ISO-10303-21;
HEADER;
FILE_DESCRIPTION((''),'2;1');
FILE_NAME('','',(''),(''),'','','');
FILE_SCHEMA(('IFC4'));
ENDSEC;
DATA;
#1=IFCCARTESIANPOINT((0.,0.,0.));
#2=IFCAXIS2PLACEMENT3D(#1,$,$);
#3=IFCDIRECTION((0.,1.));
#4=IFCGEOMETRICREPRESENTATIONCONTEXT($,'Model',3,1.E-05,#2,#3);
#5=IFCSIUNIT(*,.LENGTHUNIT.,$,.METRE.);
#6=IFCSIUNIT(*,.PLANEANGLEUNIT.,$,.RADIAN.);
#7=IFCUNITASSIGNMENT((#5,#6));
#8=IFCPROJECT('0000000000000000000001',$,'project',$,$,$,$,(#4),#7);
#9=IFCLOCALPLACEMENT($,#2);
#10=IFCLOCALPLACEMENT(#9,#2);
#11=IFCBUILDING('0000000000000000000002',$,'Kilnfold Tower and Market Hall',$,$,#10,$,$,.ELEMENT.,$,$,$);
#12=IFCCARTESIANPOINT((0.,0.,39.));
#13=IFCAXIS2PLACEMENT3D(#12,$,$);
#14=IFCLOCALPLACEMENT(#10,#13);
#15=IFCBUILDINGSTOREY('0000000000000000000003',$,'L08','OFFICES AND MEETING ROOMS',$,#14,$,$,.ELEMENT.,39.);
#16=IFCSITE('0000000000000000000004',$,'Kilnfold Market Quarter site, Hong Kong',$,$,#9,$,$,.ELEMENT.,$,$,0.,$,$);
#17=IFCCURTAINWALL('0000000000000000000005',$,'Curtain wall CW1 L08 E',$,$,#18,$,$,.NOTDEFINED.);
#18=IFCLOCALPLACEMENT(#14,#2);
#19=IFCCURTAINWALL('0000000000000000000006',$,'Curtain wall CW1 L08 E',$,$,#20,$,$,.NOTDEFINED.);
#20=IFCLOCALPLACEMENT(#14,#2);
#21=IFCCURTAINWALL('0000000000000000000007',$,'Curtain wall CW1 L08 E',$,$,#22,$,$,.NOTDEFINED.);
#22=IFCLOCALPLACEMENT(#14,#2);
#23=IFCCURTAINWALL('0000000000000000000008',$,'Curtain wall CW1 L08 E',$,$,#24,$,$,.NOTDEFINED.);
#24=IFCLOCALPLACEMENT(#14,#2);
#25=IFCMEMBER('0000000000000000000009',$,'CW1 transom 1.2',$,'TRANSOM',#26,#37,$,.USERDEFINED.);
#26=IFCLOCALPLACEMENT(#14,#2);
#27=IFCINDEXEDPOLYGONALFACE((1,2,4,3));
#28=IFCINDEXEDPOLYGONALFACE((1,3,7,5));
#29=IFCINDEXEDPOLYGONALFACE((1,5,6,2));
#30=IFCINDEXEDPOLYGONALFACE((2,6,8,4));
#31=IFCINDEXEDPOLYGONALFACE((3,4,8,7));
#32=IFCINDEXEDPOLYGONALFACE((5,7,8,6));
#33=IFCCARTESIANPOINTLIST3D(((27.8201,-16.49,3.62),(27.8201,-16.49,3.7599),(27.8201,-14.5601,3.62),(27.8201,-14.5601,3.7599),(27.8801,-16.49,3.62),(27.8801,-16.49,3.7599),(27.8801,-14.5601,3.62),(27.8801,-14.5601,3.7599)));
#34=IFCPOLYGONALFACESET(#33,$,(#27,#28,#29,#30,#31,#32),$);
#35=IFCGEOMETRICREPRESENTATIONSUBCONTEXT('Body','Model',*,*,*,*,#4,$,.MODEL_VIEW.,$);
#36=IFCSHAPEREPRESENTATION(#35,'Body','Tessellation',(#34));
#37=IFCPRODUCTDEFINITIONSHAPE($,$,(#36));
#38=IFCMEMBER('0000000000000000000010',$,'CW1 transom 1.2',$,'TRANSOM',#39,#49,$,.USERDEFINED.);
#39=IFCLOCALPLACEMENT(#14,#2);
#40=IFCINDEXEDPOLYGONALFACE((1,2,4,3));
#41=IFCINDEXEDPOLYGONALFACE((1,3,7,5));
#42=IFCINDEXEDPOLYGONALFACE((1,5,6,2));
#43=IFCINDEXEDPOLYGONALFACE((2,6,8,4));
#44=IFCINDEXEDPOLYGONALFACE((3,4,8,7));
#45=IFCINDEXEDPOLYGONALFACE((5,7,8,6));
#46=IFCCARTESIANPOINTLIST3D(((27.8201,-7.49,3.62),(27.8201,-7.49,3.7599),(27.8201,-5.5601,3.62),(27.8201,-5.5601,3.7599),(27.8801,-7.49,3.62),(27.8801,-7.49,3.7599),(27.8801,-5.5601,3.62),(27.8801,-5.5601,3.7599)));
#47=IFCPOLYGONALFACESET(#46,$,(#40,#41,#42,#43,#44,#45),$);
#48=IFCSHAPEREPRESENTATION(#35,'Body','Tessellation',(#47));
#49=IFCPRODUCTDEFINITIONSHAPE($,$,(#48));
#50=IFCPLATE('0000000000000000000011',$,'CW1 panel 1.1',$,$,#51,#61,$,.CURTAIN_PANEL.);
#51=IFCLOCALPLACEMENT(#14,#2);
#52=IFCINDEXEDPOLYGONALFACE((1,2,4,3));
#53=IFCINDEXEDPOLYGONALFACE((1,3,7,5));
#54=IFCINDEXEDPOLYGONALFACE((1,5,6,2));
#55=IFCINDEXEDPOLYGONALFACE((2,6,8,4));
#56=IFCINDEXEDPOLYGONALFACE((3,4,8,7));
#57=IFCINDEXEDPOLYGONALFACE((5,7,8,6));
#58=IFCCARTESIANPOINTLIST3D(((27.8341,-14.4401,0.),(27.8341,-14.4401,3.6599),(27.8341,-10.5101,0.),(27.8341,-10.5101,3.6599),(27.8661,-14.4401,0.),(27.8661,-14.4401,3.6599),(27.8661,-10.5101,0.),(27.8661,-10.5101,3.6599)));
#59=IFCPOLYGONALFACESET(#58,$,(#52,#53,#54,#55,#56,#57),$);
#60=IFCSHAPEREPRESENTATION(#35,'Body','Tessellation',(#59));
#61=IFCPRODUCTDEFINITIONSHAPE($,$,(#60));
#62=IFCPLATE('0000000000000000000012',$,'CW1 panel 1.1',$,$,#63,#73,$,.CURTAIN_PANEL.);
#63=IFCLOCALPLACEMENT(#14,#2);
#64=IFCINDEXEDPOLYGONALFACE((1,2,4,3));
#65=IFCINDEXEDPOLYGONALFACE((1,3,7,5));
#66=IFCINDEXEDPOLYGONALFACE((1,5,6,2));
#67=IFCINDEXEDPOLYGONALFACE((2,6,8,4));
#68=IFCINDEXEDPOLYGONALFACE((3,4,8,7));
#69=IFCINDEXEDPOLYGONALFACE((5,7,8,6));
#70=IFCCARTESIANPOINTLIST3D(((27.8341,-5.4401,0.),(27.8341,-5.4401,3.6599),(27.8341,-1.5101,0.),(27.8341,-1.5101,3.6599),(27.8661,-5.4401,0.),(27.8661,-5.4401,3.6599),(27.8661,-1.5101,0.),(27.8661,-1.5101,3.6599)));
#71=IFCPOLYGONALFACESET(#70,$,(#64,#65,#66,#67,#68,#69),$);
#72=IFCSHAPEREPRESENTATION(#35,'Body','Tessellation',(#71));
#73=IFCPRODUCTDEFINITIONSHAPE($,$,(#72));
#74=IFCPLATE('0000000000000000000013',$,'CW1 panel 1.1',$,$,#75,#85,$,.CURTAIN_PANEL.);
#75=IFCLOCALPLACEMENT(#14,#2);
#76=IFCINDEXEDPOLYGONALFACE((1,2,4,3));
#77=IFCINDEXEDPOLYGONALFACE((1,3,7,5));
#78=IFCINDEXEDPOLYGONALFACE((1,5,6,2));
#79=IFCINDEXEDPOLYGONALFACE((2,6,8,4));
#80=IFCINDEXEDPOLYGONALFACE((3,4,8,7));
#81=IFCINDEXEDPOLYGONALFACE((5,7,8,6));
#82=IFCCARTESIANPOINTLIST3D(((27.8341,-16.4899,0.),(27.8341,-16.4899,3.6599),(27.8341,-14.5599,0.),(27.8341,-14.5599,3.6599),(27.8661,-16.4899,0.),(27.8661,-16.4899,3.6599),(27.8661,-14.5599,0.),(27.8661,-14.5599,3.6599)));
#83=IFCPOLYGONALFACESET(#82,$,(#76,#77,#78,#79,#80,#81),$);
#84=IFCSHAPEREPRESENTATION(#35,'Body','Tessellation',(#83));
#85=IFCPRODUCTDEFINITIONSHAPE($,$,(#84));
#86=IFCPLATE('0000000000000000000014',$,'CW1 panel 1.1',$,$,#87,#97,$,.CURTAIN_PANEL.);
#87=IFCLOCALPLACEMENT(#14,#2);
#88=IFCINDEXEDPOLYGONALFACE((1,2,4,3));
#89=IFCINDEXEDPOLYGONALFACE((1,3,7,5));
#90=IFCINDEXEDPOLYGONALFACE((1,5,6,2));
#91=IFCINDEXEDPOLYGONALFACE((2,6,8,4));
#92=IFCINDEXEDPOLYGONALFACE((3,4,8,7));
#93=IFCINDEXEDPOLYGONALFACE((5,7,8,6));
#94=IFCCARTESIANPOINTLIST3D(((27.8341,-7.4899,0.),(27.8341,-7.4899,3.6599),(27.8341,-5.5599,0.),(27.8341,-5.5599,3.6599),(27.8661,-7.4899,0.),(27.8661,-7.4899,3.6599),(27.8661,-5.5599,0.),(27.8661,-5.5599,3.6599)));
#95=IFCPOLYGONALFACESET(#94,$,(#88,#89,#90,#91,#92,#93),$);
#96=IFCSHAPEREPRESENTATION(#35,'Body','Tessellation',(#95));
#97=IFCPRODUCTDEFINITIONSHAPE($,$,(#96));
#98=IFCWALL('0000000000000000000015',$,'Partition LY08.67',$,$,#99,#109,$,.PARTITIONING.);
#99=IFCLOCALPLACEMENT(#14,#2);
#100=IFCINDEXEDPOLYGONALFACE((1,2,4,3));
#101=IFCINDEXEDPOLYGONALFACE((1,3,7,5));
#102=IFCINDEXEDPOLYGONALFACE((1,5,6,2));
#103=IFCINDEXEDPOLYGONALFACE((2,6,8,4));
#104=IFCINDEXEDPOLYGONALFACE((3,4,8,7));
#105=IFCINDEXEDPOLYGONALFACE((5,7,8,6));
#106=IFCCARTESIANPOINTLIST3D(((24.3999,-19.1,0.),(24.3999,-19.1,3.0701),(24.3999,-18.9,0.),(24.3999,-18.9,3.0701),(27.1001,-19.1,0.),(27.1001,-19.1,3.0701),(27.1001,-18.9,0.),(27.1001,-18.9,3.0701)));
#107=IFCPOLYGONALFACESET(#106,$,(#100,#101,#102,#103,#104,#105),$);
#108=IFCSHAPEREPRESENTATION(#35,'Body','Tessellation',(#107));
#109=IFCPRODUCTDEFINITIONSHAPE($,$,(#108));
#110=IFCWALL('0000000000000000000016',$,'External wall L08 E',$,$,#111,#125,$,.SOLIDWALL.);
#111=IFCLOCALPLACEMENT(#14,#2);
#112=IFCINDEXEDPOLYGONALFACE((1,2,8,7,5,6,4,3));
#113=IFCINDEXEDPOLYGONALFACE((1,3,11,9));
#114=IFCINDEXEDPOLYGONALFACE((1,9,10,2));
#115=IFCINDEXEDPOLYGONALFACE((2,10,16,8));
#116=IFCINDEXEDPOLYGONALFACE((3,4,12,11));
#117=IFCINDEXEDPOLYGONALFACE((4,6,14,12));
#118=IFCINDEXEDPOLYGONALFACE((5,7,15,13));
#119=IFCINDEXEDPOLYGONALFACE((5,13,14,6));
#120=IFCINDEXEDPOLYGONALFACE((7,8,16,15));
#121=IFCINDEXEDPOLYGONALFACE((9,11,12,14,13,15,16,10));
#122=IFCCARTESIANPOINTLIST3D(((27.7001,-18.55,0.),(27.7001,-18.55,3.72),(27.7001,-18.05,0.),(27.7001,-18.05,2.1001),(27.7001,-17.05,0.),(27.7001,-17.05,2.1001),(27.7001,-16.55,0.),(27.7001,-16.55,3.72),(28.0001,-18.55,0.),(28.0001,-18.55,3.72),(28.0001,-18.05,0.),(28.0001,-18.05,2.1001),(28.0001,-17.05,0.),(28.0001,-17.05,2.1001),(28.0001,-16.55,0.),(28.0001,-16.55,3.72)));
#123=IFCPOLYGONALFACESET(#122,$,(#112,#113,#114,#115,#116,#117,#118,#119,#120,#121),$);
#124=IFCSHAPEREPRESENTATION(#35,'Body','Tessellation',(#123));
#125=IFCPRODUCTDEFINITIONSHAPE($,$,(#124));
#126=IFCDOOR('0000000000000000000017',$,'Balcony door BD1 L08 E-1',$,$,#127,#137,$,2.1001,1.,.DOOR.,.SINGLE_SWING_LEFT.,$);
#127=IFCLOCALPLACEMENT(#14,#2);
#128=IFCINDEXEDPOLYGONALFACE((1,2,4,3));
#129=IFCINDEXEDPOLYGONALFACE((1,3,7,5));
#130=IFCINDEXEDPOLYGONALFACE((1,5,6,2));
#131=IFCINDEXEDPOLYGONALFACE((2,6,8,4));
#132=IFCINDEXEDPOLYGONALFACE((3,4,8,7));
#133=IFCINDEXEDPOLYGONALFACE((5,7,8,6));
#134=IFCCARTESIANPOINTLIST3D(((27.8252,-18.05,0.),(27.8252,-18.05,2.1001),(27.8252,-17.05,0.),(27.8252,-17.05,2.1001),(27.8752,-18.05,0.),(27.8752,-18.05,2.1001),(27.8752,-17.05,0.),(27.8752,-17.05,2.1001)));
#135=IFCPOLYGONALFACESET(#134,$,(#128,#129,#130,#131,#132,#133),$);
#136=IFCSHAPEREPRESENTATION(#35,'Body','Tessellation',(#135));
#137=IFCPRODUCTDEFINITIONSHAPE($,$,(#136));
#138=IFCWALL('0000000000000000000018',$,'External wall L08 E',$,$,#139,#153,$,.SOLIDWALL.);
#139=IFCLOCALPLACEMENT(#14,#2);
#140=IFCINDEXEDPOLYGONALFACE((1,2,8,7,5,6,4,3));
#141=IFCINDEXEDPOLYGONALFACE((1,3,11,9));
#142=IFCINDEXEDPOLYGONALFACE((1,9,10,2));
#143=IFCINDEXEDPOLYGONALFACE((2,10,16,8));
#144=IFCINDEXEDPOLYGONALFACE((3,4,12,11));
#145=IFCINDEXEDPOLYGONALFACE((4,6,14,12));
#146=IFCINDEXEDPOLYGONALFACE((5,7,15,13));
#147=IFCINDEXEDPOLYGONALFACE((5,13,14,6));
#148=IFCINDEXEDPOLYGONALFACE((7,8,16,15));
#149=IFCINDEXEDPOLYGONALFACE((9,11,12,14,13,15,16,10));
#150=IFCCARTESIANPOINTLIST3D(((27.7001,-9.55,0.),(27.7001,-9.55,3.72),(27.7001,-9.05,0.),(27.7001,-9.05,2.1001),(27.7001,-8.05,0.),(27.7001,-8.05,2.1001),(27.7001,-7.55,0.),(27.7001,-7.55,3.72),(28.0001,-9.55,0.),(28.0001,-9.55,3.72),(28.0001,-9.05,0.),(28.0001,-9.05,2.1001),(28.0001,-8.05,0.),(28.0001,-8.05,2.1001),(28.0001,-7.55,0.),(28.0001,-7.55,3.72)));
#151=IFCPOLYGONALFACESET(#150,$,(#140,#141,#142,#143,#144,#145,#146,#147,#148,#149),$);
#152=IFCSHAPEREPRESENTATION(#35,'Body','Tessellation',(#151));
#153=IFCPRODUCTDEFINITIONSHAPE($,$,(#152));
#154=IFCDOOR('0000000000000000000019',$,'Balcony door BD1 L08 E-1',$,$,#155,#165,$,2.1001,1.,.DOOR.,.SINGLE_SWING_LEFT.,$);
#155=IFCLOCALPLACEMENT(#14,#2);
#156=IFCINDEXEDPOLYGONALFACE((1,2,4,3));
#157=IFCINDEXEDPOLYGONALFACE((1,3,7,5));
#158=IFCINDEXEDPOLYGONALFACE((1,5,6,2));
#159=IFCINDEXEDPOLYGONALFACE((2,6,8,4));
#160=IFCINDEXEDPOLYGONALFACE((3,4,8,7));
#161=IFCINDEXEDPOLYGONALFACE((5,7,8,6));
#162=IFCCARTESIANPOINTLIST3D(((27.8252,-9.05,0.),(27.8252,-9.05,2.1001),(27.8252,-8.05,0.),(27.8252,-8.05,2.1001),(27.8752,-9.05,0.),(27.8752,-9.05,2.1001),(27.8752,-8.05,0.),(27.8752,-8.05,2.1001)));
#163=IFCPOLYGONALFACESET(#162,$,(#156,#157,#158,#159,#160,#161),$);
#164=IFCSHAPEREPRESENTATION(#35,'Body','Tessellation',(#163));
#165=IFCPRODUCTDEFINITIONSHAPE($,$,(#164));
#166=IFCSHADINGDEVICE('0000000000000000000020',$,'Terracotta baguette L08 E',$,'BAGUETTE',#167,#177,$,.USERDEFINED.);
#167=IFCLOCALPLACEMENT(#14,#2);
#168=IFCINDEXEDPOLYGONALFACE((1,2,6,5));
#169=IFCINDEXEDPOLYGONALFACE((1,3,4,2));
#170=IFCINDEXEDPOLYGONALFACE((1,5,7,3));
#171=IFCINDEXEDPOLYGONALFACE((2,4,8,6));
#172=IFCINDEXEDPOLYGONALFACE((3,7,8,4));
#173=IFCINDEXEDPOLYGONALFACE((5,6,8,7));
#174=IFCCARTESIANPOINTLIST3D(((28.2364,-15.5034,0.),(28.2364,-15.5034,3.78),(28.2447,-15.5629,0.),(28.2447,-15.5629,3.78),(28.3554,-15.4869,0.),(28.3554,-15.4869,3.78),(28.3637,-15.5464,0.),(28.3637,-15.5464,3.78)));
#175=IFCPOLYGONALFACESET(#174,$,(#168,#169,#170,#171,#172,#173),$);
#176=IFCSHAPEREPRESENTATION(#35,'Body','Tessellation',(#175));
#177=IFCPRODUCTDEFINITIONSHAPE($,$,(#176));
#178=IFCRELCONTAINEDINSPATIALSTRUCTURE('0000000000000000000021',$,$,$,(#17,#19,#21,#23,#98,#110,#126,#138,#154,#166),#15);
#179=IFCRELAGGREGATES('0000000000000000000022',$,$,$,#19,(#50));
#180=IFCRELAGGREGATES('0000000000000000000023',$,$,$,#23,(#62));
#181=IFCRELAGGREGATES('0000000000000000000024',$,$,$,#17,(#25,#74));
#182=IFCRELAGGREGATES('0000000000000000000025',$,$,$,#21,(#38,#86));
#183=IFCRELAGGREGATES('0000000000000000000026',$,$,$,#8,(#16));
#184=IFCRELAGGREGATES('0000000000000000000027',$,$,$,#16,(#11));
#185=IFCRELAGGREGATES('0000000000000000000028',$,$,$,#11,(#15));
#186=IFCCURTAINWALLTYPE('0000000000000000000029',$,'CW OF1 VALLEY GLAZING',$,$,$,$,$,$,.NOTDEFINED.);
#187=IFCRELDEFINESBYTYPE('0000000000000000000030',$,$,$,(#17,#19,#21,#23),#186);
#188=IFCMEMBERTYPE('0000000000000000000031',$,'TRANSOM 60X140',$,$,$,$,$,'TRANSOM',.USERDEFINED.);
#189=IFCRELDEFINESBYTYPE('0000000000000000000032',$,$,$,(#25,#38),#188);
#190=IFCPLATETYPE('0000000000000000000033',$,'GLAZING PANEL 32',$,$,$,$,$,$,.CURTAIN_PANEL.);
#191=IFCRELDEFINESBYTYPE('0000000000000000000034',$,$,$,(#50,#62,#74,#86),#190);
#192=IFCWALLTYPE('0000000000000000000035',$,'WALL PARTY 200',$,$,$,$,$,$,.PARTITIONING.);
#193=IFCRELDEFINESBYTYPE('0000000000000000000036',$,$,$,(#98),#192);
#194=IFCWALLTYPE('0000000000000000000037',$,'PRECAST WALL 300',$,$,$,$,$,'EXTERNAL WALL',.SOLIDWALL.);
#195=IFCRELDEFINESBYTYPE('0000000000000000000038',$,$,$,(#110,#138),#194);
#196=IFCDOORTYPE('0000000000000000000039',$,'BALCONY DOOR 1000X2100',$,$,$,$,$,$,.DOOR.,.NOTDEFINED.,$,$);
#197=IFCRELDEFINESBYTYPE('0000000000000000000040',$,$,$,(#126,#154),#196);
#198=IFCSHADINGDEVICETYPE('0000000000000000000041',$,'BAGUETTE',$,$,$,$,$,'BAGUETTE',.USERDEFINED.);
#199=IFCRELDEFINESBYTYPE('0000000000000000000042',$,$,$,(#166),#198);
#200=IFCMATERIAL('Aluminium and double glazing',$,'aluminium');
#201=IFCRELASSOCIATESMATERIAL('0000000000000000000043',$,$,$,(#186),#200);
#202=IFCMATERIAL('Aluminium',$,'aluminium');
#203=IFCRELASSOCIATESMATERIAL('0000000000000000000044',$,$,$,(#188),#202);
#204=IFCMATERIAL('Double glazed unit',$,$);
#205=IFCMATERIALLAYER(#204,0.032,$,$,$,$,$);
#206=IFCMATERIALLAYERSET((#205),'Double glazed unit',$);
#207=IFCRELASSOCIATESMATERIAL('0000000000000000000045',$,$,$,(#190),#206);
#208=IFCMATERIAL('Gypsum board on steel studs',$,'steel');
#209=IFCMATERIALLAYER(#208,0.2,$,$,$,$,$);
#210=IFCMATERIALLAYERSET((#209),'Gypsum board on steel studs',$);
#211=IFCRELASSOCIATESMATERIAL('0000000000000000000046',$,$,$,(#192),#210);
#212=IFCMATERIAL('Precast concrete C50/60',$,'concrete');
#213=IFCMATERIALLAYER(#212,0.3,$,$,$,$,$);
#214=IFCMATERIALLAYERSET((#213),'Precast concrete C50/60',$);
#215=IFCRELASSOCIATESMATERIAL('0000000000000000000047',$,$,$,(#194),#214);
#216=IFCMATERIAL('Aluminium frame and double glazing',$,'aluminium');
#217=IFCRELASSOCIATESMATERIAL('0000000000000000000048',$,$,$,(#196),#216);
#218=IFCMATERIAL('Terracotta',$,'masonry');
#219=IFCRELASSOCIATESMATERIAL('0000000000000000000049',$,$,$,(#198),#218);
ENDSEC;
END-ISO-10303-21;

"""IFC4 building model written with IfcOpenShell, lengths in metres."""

from ifc_helpers import new_model, si_unit, direction, frame, frame_2d, origin, origin_2d, place, context, subcontext, project, spatial, rectangle, extrude, source, transform, mapped, material, layer, layer_set, material_profile, profile_set, type_object, element, fill, aggregate, save


model = new_model("IFC4")

# Units and contexts
model_context = context("Model", 3, precision=1e-05, world=origin(), true_north=direction((0.0, 1.0)))
body_context = subcontext(model_context, "Body", "Model", "MODEL_VIEW")
ifc_project = project(units=[si_unit("LENGTHUNIT", "METRE"), si_unit("PLANEANGLEUNIT", "RADIAN")], contexts=[model_context])

# Site, building, storey
site_placement = place(None, origin())
site = spatial("IfcSite", under=ifc_project, at=site_placement, Name="Kilnfold Market Quarter site, Hong Kong", CompositionType="ELEMENT", RefElevation=0.0)
building_placement = place(site_placement, origin())
building = spatial("IfcBuilding", under=site, at=building_placement, Name="Kilnfold Tower and Market Hall", CompositionType="ELEMENT")
storey_placement = place(building_placement, frame((0.0, 0.0, 39.0)))
storey = spatial("IfcBuildingStorey", under=building, at=storey_placement, Name="L08", Description="OFFICES AND MEETING ROOMS", CompositionType="ELEMENT", Elevation=39.0)

# Curtain walls
ifc_material_1 = material(Name="Aluminium and double glazing", Category="aluminium")
curtain_wall_type = type_object("IfcCurtainWallType", Name="CW OF1 VALLEY GLAZING", PredefinedType="NOTDEFINED", material=ifc_material_1)
curtain_wall_1_placement = place(storey_placement, origin())
curtain_wall_1 = element("IfcCurtainWall", 1, at=curtain_wall_1_placement, inside=storey, type_object=curtain_wall_type, Name="Curtain wall CW1 L08 E", PredefinedType="NOTDEFINED")
curtain_wall_2_placement = place(storey_placement, origin())
curtain_wall_2 = element("IfcCurtainWall", 2, at=curtain_wall_2_placement, inside=storey, type_object=curtain_wall_type, Name="Curtain wall CW1 L08 E", PredefinedType="NOTDEFINED")
curtain_wall_3_placement = place(storey_placement, origin())
curtain_wall_3 = element("IfcCurtainWall", 3, at=curtain_wall_3_placement, inside=storey, type_object=curtain_wall_type, Name="Curtain wall CW1 L08 E", PredefinedType="NOTDEFINED")
curtain_wall_4_placement = place(storey_placement, origin())
curtain_wall_4 = element("IfcCurtainWall", 4, at=curtain_wall_4_placement, inside=storey, type_object=curtain_wall_type, Name="Curtain wall CW1 L08 E", PredefinedType="NOTDEFINED")

# Members
ifc_material_2 = material(Name="Aluminium", Category="aluminium")
ifc_material_profile_1 = material_profile(ifc_material_2, rectangle(XDim=0.0601, YDim=0.1399, at=origin_2d()), Name="TRANSOM 60x140")
ifc_profile_set_1 = profile_set([ifc_material_profile_1], Name="Aluminium")
member_type_1 = type_object("IfcMemberType", Name="TRANSOM 60X140", ElementType="TRANSOM", PredefinedType="USERDEFINED", material=ifc_profile_set_1)
shared_shape_1 = source(origin(), body_context, "Body", "SweptSolid", [
    extrude(rectangle(XDim=0.0601, YDim=0.1399, at=origin_2d()), origin(), (0.0, 0.0, 1.0), 1.9299),
])
member_1_placement = place(storey_placement, frame((27.8501, -16.49, 3.6899), z_axis=(0.0, 1.0, 0.0), x_axis=(-1.0, 0.0, 0.0)))
member_1 = element("IfcMember", 5, at=member_1_placement, type_object=member_type_1, Name="CW1 transom 1.2", ObjectType="TRANSOM", PredefinedType="USERDEFINED", context=body_context, shape_type="MappedRepresentation", body=[
    mapped(shared_shape_1, transform((0.0, 0.0, 0.0))),
])
member_2_placement = place(storey_placement, frame((27.8501, -7.49, 3.6899), z_axis=(0.0, 1.0, 0.0), x_axis=(-1.0, 0.0, 0.0)))
member_2 = element("IfcMember", 6, at=member_2_placement, type_object=member_type_1, Name="CW1 transom 1.2", ObjectType="TRANSOM", PredefinedType="USERDEFINED", context=body_context, shape_type="MappedRepresentation", body=[
    mapped(shared_shape_1, transform((0.0, 0.0, 0.0))),
])

# Plates
ifc_material_3 = material(Name="Double glazed unit")
ifc_layer_1 = layer(ifc_material_3, 0.032)
ifc_layer_set_1 = layer_set([ifc_layer_1], Name="Double glazed unit")
plate_type = type_object("IfcPlateType", Name="GLAZING PANEL 32", PredefinedType="CURTAIN_PANEL", material=ifc_layer_set_1)
shared_shape_2 = source(origin(), body_context, "Body", "SweptSolid", [
    extrude(rectangle(XDim=3.9299, YDim=0.032, at=origin_2d()), origin(), (0.0, 0.0, 1.0), 3.6599),
])
plate_1_placement = place(storey_placement, frame((27.8501, -12.4751, 0.0), z_axis=(0.0, 0.0, 1.0), x_axis=(0.0, 1.0, 0.0)))
plate_1 = element("IfcPlate", 7, at=plate_1_placement, type_object=plate_type, Name="CW1 panel 1.1", PredefinedType="CURTAIN_PANEL", context=body_context, shape_type="MappedRepresentation", body=[
    mapped(shared_shape_2, transform((0.0, 0.0, 0.0))),
])
aggregate(curtain_wall_2, [plate_1])
plate_2_placement = place(storey_placement, frame((27.8501, -3.4751, 0.0), z_axis=(0.0, 0.0, 1.0), x_axis=(0.0, 1.0, 0.0)))
plate_2 = element("IfcPlate", 8, at=plate_2_placement, type_object=plate_type, Name="CW1 panel 1.1", PredefinedType="CURTAIN_PANEL", context=body_context, shape_type="MappedRepresentation", body=[
    mapped(shared_shape_2, transform((0.0, 0.0, 0.0))),
])
aggregate(curtain_wall_4, [plate_2])
shared_shape_3 = source(origin(), body_context, "Body", "SweptSolid", [
    extrude(rectangle(XDim=1.9299, YDim=0.032, at=origin_2d()), origin(), (0.0, 0.0, 1.0), 3.6599),
])
plate_3_placement = place(storey_placement, frame((27.8501, -15.5249, 0.0), z_axis=(0.0, 0.0, 1.0), x_axis=(0.0, 1.0, 0.0)))
plate_3 = element("IfcPlate", 9, at=plate_3_placement, type_object=plate_type, Name="CW1 panel 1.1", PredefinedType="CURTAIN_PANEL", context=body_context, shape_type="MappedRepresentation", body=[
    mapped(shared_shape_3, transform((0.0, 0.0, 0.0))),
])
aggregate(curtain_wall_1, [member_1, plate_3])
plate_4_placement = place(storey_placement, frame((27.8501, -6.5249, 0.0), z_axis=(0.0, 0.0, 1.0), x_axis=(0.0, 1.0, 0.0)))
plate_4 = element("IfcPlate", 10, at=plate_4_placement, type_object=plate_type, Name="CW1 panel 1.1", PredefinedType="CURTAIN_PANEL", context=body_context, shape_type="MappedRepresentation", body=[
    mapped(shared_shape_3, transform((0.0, 0.0, 0.0))),
])
aggregate(curtain_wall_3, [member_2, plate_4])

# Wall
ifc_material_4 = material(Name="Gypsum board on steel studs", Category="steel")
ifc_layer_2 = layer(ifc_material_4, 0.2)
ifc_layer_set_2 = layer_set([ifc_layer_2], Name="Gypsum board on steel studs")
wall_type_1 = type_object("IfcWallType", Name="WALL PARTY 200", PredefinedType="PARTITIONING", material=ifc_layer_set_2)
wall_1_placement = place(storey_placement, frame((27.1001, -19.0, 0.0), z_axis=(0.0, 0.0, 1.0), x_axis=(-1.0, 0.0, 0.0)))
element("IfcWall", 11, at=wall_1_placement, inside=storey, type_object=wall_type_1, Name="Partition LY08.67", PredefinedType="PARTITIONING", context=body_context, shape_type="SweptSolid", body=[
    extrude(rectangle(XDim=2.7002, YDim=0.2, at=frame_2d((1.3501, 0.0))), origin(), (0.0, 0.0, 1.0), 3.0701),
])

# Walls, openings, doors
ifc_material_5 = material(Name="Precast concrete C50/60", Category="concrete")
ifc_layer_3 = layer(ifc_material_5, 0.3)
ifc_layer_set_3 = layer_set([ifc_layer_3], Name="Precast concrete C50/60")
wall_type_2 = type_object("IfcWallType", Name="PRECAST WALL 300", ElementType="EXTERNAL WALL", PredefinedType="SOLIDWALL", material=ifc_layer_set_3)
shared_shape_4 = source(origin(), body_context, "Body", "SweptSolid", [
    extrude(rectangle(XDim=2.0, YDim=0.3, at=frame_2d((1.0, 0.0))), origin(), (0.0, 0.0, 1.0), 3.72),
])
wall_2_placement = place(storey_placement, frame((27.8501, -18.55, 0.0), z_axis=(0.0, 0.0, 1.0), x_axis=(0.0, 1.0, 0.0)))
wall_2 = element("IfcWall", 12, at=wall_2_placement, inside=storey, type_object=wall_type_2, Name="External wall L08 E", PredefinedType="SOLIDWALL", context=body_context, shape_type="MappedRepresentation", body=[
    mapped(shared_shape_4, transform((0.0, 0.0, 0.0))),
])
opening_1_placement = place(wall_2_placement, frame((0.5, 0.0, 0.0)))
opening_1 = element("IfcOpeningElement", 13, at=opening_1_placement, cuts=wall_2, PredefinedType="OPENING", context=body_context, shape_type="SweptSolid", body=[
    extrude(rectangle(XDim=1.0, YDim=2.1001, at=frame_2d((0.5, 1.05))), frame((0.0, 0.1602, 0.0), z_axis=(0.0, -1.0, 0.0), x_axis=(1.0, 0.0, 0.0)), (0.0, 0.0, 1.0), 0.3201),
])
ifc_material_6 = material(Name="Aluminium frame and double glazing", Category="aluminium")
door_type = type_object("IfcDoorType", Name="BALCONY DOOR 1000X2100", OperationType="NOTDEFINED", PredefinedType="DOOR", material=ifc_material_6)
door_1_placement = place(opening_1_placement, origin())
door_1 = element("IfcDoor", 14, at=door_1_placement, inside=storey, type_object=door_type, Name="Balcony door BD1 L08 E-1", OperationType="SINGLE_SWING_LEFT", OverallHeight=2.1001, OverallWidth=1.0, PredefinedType="DOOR", context=body_context, shape_type="SweptSolid", body=[
    extrude(rectangle(XDim=1.0, YDim=2.1001, at=frame_2d((0.5, 1.05))), frame((0.0, 0.0249, 0.0), z_axis=(0.0, -1.0, 0.0), x_axis=(1.0, 0.0, 0.0)), (0.0, 0.0, 1.0), 0.05),
])
fill(opening_1, door_1)
wall_3_placement = place(storey_placement, frame((27.8501, -9.55, 0.0), z_axis=(0.0, 0.0, 1.0), x_axis=(0.0, 1.0, 0.0)))
wall_3 = element("IfcWall", 15, at=wall_3_placement, inside=storey, type_object=wall_type_2, Name="External wall L08 E", PredefinedType="SOLIDWALL", context=body_context, shape_type="MappedRepresentation", body=[
    mapped(shared_shape_4, transform((0.0, 0.0, 0.0))),
])
opening_2_placement = place(wall_3_placement, frame((0.5, 0.0, 0.0)))
opening_2 = element("IfcOpeningElement", 16, at=opening_2_placement, cuts=wall_3, PredefinedType="OPENING", context=body_context, shape_type="SweptSolid", body=[
    extrude(rectangle(XDim=1.0, YDim=2.1001, at=frame_2d((0.5, 1.05))), frame((0.0, 0.1602, 0.0), z_axis=(0.0, -1.0, 0.0), x_axis=(1.0, 0.0, 0.0)), (0.0, 0.0, 1.0), 0.3201),
])
door_2_placement = place(opening_2_placement, origin())
door_2 = element("IfcDoor", 17, at=door_2_placement, inside=storey, type_object=door_type, Name="Balcony door BD1 L08 E-1", OperationType="SINGLE_SWING_LEFT", OverallHeight=2.1001, OverallWidth=1.0, PredefinedType="DOOR", context=body_context, shape_type="SweptSolid", body=[
    extrude(rectangle(XDim=1.0, YDim=2.1001, at=frame_2d((0.5, 1.05))), frame((0.0, 0.0249, 0.0), z_axis=(0.0, -1.0, 0.0), x_axis=(1.0, 0.0, 0.0)), (0.0, 0.0, 1.0), 0.05),
])
fill(opening_2, door_2)

# Shading device
ifc_material_7 = material(Name="Terracotta", Category="masonry")
ifc_material_profile_2 = material_profile(ifc_material_7, rectangle(XDim=0.0601, YDim=0.1201, at=origin_2d()), Name="BAG 60x120")
ifc_profile_set_2 = profile_set([ifc_material_profile_2], Name="Terracotta")
shading_device_type = type_object("IfcShadingDeviceType", Name="BAGUETTE", ElementType="BAGUETTE", PredefinedType="USERDEFINED", material=ifc_profile_set_2)
shared_shape_5 = source(origin(), body_context, "Body", "SweptSolid", [
    extrude(rectangle(XDim=0.0601, YDim=0.1201, at=origin_2d()), origin(), (0.0, 0.0, 1.0), 3.78),
])
for number, where, z_axis, x_axis, name in (
    (18, (28.3, -15.5249, 0.0), (0.0, 0.0, 1.0), (-0.137419, 0.990513, 0.0), "Terracotta baguette L08 E"),
):
    element("IfcShadingDevice", number, at=place(storey_placement, frame(where, z_axis=z_axis, x_axis=x_axis)), inside=storey, type_object=shading_device_type, Name=name, ObjectType="BAGUETTE", PredefinedType="USERDEFINED", context=body_context, shape_type="MappedRepresentation", body=[
        mapped(shared_shape_5, transform((0.0, 0.0, 0.0))),
    ])

save(model, "model.ifc")
